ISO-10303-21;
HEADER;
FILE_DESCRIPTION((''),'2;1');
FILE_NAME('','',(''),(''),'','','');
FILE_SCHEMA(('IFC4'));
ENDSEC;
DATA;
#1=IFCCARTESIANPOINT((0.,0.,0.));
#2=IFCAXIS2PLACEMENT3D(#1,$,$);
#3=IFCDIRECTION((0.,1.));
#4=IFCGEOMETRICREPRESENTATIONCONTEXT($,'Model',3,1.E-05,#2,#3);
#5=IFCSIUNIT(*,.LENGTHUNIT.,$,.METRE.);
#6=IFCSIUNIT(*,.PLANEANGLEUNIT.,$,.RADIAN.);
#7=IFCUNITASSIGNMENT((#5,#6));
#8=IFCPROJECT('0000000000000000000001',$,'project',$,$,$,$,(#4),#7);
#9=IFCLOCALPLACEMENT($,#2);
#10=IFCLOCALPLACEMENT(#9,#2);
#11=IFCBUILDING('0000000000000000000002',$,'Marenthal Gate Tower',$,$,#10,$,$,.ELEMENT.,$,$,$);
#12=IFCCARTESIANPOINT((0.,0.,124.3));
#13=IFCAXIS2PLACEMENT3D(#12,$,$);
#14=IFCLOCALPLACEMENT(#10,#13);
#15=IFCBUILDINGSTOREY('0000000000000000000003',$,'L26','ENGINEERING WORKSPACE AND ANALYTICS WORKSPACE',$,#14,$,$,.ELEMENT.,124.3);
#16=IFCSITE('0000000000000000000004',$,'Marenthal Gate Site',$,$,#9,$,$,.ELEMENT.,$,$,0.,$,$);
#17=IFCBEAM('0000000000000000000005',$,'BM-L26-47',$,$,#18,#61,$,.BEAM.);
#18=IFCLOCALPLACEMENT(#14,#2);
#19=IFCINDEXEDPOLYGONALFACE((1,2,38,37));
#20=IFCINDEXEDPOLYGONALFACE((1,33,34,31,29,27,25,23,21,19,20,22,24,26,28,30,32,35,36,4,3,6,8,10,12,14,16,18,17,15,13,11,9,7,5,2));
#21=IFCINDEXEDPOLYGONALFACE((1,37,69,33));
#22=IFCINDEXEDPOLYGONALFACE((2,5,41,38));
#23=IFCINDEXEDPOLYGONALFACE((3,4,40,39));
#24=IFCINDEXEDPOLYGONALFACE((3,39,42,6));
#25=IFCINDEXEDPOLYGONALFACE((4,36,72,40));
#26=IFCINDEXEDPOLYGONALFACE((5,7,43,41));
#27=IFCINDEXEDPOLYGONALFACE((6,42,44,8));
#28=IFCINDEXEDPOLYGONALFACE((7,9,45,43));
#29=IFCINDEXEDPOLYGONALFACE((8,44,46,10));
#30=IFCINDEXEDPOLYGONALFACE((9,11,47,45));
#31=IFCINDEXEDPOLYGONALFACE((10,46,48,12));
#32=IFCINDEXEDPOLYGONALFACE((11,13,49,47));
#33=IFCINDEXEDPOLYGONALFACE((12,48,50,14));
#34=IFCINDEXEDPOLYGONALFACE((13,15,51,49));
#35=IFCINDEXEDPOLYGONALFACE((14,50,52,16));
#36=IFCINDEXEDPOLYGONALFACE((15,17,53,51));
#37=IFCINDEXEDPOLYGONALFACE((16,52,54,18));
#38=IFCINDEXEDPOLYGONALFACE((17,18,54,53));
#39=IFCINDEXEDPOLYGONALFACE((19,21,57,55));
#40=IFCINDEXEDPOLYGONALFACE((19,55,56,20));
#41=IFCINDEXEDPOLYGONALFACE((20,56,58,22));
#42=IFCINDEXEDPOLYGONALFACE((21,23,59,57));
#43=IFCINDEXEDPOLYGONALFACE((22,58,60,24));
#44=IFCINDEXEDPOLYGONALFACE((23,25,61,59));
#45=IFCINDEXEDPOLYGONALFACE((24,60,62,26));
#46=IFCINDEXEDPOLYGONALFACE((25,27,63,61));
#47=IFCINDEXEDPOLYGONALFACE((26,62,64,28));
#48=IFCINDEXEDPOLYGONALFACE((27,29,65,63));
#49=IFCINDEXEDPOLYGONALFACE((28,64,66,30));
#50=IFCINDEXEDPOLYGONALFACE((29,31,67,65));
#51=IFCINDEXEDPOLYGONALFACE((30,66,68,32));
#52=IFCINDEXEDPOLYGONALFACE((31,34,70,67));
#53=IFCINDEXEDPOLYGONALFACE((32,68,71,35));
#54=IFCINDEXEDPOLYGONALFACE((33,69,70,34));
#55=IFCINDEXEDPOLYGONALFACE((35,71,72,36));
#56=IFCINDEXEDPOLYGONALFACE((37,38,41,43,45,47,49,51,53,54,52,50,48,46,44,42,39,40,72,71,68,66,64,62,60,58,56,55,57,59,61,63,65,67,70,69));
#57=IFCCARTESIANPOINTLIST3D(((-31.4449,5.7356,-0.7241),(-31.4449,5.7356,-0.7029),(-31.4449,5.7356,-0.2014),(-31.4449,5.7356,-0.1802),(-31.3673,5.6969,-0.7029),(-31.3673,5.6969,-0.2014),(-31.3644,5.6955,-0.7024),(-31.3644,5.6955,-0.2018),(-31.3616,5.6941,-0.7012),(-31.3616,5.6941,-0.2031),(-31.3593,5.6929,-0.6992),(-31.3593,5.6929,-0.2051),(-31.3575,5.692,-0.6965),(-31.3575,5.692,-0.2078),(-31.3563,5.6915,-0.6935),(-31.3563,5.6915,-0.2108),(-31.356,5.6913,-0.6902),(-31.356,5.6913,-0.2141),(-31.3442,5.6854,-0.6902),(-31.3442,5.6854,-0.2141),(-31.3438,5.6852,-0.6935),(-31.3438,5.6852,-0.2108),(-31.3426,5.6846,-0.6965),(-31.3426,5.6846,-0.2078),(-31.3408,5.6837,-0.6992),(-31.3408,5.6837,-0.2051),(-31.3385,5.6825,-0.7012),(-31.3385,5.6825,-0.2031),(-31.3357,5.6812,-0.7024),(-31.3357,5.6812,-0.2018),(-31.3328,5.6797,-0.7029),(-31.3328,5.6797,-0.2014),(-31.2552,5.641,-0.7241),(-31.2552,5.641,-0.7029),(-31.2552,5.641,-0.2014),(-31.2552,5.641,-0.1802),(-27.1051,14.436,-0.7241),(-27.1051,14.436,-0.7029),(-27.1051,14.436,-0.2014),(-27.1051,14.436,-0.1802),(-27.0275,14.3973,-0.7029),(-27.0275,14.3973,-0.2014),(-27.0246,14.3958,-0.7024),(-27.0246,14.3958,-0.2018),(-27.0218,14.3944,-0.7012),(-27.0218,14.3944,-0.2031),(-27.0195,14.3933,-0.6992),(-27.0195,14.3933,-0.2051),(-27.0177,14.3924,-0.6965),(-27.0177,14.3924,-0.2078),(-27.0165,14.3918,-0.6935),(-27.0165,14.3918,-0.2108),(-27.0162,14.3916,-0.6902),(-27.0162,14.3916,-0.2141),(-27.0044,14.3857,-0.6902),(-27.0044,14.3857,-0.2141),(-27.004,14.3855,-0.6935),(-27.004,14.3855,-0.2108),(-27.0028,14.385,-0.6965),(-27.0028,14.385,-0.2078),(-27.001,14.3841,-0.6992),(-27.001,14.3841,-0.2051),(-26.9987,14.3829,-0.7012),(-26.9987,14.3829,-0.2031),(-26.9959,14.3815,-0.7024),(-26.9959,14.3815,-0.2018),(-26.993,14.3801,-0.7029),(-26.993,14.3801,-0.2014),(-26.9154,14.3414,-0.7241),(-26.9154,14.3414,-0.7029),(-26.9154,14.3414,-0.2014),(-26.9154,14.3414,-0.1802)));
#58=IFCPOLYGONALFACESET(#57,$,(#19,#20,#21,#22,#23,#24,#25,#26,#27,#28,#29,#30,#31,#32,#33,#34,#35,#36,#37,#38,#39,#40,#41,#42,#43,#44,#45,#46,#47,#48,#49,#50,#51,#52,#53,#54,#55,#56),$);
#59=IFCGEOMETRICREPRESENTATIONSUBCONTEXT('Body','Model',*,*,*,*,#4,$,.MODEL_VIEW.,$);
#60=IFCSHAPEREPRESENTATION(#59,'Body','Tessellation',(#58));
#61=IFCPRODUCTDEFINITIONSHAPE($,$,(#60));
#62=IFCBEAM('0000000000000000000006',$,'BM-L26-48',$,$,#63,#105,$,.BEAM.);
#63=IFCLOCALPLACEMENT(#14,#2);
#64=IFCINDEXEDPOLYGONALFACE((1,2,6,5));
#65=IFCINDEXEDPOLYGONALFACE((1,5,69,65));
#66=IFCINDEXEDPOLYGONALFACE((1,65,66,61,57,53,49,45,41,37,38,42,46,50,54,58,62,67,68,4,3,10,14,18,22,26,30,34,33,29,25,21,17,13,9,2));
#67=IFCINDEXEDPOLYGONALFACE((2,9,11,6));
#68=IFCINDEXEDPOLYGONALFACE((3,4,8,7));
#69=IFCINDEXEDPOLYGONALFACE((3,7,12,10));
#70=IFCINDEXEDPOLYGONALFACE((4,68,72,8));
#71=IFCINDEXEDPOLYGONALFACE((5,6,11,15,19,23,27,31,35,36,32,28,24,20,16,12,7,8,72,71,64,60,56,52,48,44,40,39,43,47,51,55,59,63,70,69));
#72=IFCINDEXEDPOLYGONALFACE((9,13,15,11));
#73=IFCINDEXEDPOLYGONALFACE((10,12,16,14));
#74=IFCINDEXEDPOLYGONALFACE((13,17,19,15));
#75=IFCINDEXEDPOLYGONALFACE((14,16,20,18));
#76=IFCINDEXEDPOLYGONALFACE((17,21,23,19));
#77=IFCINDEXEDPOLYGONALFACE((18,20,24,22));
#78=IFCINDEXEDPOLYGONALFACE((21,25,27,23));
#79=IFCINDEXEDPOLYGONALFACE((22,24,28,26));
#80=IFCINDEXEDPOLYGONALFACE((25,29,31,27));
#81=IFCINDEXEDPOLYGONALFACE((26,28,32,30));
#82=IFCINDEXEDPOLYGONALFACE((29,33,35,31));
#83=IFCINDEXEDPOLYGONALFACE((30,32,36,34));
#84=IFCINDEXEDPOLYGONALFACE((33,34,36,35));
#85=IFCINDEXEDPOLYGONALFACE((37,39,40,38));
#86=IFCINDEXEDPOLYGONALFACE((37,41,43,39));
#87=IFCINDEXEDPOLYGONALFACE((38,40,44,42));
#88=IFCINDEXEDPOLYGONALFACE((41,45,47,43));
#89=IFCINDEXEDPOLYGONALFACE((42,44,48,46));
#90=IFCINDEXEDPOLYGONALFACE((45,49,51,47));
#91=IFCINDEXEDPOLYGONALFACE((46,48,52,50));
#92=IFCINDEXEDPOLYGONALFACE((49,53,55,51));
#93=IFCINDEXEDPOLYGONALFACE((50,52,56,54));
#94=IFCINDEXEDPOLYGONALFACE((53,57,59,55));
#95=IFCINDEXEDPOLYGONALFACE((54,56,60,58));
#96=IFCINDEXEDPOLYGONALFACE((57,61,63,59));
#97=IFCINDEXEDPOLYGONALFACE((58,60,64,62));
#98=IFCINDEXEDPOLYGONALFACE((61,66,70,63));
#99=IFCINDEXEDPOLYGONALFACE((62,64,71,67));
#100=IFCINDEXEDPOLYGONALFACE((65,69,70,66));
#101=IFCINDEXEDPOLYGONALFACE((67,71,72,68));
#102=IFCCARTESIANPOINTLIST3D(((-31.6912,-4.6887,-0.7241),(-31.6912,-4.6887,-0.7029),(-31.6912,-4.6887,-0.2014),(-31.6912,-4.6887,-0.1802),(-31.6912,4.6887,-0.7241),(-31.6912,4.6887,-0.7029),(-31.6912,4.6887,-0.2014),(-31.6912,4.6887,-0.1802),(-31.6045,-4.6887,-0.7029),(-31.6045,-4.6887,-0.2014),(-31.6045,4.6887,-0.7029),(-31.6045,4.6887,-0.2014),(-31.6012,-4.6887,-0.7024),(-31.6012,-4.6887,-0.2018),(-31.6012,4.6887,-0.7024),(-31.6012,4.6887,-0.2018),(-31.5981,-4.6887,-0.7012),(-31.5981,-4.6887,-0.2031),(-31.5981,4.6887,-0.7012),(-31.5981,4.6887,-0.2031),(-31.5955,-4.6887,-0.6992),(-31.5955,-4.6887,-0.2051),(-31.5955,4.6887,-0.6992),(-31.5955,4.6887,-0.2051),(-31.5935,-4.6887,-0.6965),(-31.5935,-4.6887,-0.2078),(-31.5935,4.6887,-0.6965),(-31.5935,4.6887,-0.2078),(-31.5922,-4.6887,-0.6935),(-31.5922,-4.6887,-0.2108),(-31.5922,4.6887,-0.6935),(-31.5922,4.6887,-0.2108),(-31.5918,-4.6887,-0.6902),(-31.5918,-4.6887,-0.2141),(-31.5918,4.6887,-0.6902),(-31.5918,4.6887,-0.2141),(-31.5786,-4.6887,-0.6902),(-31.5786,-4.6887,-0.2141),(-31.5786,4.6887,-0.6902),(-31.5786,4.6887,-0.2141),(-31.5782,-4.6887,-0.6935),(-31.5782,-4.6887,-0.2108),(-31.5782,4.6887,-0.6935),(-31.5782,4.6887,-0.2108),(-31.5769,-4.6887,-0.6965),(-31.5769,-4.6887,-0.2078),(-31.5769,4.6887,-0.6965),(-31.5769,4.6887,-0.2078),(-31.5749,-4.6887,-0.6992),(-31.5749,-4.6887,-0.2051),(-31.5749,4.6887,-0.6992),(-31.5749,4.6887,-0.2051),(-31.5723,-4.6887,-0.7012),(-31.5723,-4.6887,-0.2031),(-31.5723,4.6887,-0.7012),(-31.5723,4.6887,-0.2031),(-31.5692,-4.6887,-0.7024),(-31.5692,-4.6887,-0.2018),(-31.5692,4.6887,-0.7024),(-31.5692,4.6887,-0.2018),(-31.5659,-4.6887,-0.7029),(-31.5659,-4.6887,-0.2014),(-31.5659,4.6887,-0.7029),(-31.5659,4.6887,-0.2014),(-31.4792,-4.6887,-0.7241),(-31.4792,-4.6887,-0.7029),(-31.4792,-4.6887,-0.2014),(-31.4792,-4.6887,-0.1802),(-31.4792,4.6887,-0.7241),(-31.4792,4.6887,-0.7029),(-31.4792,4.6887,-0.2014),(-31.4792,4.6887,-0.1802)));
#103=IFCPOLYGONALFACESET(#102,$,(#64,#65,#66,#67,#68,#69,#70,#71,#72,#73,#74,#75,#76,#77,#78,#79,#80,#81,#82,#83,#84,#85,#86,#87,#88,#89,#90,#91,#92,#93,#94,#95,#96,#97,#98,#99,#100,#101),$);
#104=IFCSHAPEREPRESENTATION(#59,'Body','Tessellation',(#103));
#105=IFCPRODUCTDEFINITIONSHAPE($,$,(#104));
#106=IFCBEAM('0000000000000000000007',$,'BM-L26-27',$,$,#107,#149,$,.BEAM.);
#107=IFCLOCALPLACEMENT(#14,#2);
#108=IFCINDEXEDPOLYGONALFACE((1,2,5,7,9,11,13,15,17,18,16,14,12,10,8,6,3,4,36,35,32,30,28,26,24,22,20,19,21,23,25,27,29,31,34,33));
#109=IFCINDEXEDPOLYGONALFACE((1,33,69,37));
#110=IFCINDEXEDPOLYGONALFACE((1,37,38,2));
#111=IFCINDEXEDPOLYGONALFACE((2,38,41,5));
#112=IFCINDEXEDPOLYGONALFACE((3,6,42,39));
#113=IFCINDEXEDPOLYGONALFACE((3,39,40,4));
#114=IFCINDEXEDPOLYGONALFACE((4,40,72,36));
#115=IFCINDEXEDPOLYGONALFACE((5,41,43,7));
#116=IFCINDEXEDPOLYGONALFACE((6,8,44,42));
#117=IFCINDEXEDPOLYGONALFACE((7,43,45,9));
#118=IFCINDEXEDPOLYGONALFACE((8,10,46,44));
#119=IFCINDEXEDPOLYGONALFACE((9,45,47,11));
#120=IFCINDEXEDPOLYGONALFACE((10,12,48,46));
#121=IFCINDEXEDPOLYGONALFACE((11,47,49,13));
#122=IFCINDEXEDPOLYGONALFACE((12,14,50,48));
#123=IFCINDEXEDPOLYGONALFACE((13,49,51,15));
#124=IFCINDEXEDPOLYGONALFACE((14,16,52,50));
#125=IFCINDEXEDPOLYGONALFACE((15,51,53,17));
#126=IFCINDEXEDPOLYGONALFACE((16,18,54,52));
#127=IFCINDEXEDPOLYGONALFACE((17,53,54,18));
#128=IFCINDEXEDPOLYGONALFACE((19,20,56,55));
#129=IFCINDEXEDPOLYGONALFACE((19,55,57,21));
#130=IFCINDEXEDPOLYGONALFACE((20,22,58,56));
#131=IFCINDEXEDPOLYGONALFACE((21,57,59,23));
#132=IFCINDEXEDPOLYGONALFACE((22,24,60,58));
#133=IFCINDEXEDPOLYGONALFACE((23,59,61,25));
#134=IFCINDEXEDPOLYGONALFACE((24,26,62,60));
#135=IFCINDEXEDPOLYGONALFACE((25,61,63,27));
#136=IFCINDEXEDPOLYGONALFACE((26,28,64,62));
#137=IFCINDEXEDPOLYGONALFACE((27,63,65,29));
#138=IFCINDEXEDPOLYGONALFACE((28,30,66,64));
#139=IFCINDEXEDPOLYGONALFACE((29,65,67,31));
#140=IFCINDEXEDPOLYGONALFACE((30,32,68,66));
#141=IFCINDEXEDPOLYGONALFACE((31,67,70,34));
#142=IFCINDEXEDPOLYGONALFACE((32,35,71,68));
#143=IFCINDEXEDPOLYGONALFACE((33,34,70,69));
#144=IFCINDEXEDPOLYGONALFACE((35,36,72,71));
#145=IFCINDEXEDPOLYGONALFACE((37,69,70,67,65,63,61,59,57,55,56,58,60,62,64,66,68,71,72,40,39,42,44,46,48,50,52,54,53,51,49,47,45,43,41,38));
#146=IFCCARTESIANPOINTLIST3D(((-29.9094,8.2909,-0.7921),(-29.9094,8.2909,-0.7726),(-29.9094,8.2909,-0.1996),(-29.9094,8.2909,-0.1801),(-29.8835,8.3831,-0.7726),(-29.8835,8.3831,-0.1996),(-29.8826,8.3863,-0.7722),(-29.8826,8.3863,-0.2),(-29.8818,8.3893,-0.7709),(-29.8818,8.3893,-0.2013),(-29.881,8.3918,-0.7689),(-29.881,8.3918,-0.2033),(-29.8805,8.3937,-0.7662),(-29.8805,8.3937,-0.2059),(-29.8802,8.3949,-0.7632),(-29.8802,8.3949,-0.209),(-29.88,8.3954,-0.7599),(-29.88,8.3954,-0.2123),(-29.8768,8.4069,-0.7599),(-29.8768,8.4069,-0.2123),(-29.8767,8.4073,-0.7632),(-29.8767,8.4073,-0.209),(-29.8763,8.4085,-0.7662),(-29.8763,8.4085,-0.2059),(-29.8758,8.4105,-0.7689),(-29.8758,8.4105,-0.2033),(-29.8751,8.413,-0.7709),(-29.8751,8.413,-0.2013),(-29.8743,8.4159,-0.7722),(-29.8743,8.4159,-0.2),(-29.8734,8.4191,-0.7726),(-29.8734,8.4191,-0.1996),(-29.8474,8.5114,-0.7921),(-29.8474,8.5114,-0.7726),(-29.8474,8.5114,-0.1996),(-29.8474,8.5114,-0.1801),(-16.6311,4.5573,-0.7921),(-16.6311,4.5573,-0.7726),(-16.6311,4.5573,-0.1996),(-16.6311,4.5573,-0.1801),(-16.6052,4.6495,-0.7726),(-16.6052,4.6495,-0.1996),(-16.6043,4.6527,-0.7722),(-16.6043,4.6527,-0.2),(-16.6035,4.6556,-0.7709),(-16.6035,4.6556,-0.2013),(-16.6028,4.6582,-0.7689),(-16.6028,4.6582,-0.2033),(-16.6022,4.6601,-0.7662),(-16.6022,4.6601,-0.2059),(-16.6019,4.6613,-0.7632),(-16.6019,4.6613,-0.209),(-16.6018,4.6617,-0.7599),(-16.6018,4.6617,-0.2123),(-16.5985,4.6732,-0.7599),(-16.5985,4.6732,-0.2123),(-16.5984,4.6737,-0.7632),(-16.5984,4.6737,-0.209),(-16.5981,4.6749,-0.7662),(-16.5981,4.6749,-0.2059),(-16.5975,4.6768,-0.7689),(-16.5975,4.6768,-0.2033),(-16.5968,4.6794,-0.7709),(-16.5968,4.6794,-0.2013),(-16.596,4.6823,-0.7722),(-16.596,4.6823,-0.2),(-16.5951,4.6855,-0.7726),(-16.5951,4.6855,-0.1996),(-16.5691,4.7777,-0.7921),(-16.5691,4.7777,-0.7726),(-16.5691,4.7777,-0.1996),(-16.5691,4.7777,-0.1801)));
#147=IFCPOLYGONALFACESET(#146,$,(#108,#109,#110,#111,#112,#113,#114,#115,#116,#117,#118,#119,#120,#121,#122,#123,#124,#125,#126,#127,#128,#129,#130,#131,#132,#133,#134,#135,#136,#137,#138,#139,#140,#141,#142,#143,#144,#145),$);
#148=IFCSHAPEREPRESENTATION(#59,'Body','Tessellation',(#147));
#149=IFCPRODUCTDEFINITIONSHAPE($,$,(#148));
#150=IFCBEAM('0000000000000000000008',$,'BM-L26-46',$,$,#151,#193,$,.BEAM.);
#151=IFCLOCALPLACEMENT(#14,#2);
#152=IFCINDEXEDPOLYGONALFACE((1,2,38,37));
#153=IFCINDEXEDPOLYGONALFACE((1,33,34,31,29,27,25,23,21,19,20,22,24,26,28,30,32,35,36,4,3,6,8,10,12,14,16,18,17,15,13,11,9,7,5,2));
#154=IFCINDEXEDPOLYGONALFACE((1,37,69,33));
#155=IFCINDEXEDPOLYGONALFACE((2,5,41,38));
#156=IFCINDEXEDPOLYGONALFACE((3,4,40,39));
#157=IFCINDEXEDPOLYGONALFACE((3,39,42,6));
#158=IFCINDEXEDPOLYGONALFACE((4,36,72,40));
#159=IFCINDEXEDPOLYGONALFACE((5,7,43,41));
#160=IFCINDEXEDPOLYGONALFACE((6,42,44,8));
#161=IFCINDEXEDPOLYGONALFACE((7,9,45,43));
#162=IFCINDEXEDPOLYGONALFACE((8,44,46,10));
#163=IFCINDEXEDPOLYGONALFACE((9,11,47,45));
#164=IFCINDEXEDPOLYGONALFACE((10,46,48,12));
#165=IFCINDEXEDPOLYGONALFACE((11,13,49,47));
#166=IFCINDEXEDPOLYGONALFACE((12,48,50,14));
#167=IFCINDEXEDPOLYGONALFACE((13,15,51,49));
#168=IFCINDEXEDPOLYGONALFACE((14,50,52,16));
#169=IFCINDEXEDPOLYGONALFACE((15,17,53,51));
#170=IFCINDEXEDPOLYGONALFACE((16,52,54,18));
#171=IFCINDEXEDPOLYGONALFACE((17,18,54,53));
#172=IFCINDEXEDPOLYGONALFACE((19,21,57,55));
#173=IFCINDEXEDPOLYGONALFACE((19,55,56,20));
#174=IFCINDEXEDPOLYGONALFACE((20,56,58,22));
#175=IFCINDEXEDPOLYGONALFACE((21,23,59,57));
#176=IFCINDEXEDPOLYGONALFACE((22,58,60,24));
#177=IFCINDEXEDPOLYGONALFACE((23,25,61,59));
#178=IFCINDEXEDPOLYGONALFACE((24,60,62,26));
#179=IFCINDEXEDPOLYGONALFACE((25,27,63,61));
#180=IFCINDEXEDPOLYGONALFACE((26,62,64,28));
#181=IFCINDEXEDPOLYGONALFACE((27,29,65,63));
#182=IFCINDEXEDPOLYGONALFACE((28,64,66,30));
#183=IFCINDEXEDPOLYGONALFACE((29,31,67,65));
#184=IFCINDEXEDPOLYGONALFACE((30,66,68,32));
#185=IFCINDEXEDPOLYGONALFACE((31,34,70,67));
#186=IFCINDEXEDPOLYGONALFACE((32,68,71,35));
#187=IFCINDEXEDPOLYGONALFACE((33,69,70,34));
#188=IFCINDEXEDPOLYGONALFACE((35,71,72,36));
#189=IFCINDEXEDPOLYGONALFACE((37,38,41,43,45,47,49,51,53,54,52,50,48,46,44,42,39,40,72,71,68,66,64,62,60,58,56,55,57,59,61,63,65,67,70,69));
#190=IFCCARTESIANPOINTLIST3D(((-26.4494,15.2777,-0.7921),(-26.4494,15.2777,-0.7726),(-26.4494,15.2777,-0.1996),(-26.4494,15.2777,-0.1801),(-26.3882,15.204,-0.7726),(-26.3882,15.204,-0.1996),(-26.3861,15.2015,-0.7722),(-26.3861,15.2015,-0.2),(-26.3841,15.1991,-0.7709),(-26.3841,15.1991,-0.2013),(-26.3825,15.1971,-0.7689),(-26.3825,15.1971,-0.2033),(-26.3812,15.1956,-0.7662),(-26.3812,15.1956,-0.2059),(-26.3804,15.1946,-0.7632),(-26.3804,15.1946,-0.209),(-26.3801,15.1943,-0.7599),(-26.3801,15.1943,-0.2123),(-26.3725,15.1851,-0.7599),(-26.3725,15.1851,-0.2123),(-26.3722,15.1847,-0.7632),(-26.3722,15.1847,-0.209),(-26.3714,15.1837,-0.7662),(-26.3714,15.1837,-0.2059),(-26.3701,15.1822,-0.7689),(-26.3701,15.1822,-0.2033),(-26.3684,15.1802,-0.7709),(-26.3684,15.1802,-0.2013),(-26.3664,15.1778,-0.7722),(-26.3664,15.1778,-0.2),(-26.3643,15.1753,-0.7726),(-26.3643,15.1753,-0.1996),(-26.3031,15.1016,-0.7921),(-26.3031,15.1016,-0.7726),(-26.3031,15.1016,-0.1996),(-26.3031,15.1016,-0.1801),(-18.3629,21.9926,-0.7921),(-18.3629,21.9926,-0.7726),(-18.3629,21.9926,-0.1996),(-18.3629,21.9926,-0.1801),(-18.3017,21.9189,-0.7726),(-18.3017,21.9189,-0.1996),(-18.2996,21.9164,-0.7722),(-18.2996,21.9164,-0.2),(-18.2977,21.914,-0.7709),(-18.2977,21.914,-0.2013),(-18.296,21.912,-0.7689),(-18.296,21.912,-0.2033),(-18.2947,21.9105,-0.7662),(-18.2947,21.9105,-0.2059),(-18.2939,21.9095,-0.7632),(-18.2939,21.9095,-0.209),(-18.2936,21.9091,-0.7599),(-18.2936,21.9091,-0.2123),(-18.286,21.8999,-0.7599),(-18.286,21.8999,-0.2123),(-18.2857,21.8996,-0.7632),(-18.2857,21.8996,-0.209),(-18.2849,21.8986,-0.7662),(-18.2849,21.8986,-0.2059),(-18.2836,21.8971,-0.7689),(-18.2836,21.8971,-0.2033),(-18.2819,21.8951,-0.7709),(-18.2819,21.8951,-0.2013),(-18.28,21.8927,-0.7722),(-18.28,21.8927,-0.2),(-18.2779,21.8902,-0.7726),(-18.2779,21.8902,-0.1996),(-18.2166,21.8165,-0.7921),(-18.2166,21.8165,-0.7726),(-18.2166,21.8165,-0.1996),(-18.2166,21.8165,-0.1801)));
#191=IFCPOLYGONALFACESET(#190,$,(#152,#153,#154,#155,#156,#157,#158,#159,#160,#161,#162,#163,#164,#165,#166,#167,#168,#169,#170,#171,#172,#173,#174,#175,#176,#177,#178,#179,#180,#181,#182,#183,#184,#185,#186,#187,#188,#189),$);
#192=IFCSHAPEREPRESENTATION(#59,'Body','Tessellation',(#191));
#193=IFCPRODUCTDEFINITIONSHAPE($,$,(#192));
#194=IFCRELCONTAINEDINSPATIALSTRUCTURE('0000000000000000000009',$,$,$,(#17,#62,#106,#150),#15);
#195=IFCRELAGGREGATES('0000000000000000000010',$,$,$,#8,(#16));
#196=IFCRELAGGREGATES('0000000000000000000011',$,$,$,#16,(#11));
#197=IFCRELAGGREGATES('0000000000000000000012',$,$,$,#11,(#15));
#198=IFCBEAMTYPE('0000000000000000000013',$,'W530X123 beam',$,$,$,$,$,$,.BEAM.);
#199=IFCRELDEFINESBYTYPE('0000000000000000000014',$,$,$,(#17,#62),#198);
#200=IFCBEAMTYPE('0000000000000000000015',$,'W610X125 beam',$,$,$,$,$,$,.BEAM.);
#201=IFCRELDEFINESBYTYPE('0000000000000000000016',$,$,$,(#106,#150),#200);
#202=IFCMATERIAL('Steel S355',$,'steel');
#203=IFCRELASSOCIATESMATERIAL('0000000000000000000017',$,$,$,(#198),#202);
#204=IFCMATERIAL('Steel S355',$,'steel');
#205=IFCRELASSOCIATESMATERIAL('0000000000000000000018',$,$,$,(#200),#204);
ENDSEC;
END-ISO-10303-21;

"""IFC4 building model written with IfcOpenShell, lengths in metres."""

from ifc_helpers import new_model, si_unit, direction, frame, origin, origin_2d, place, context, subcontext, project, spatial, i_section, extrude, material, material_profile, profile_set, type_object, element, save


model = new_model("IFC4")

# Units and contexts
model_context = context("Model", 3, precision=1e-05, world=origin(), true_north=direction((0.0, 1.0)))
body_context = subcontext(model_context, "Body", "Model", "MODEL_VIEW")
ifc_project = project(units=[si_unit("LENGTHUNIT", "METRE"), si_unit("PLANEANGLEUNIT", "RADIAN")], contexts=[model_context])

# Site, building, storey
site_placement = place(None, origin())
site = spatial("IfcSite", under=ifc_project, at=site_placement, Name="Marenthal Gate Site", CompositionType="ELEMENT", RefElevation=0.0)
building_placement = place(site_placement, origin())
building = spatial("IfcBuilding", under=site, at=building_placement, Name="Marenthal Gate Tower", CompositionType="ELEMENT")
storey_placement = place(building_placement, frame((0.0, 0.0, 124.3)))
storey = spatial("IfcBuildingStorey", under=building, at=storey_placement, Name="L26", Description="ENGINEERING WORKSPACE AND ANALYTICS WORKSPACE", CompositionType="ELEMENT", Elevation=124.3)

# Beams
ifc_material_1 = material(Name="Steel S355", Category="steel")
ifc_material_profile_1 = material_profile(ifc_material_1, i_section(OverallWidth=0.2119, OverallDepth=0.5439, WebThickness=0.0132, FlangeThickness=0.0212, FilletRadius=0.0127, at=origin_2d()), Name="W530X123")
ifc_profile_set_1 = profile_set([ifc_material_profile_1], Name="Steel S355")
beam_type_1 = type_object("IfcBeamType", Name="W530X123 beam", PredefinedType="BEAM", material=ifc_profile_set_1)
beam_1_placement = place(storey_placement, frame((-27.0103, 14.3887, -0.4521), z_axis=(-0.44636, -0.894854, 0.0), x_axis=(0.894854, -0.44636, 0.0)))
element("IfcBeam", 1, at=beam_1_placement, inside=storey, type_object=beam_type_1, Name="BM-L26-47", PredefinedType="BEAM", context=body_context, shape_type="SweptSolid", body=[
    extrude(i_section(OverallWidth=0.2119, OverallDepth=0.5439, WebThickness=0.0132, FlangeThickness=0.0212, FilletRadius=0.0127, at=origin_2d()), origin(), (0.0, 0.0, 1.0), 9.7227),
])
beam_2_placement = place(storey_placement, frame((-31.5852, 4.6887, -0.4521), z_axis=(0.0, -1.0, 0.0), x_axis=(1.0, 0.0, 0.0)))
element("IfcBeam", 2, at=beam_2_placement, inside=storey, type_object=beam_type_1, Name="BM-L26-48", PredefinedType="BEAM", context=body_context, shape_type="SweptSolid", body=[
    extrude(i_section(OverallWidth=0.2119, OverallDepth=0.5439, WebThickness=0.0132, FlangeThickness=0.0212, FilletRadius=0.0127, at=origin_2d()), origin(), (0.0, 0.0, 1.0), 9.3774),
])
ifc_material_2 = material(Name="Steel S355", Category="steel")
ifc_material_profile_2 = material_profile(ifc_material_2, i_section(OverallWidth=0.229, OverallDepth=0.6121, WebThickness=0.012, FlangeThickness=0.0195, FilletRadius=0.0127, at=origin_2d()), Name="W610X125")
ifc_profile_set_2 = profile_set([ifc_material_profile_2], Name="Steel S355")
beam_type_2 = type_object("IfcBeamType", Name="W610X125 beam", PredefinedType="BEAM", material=ifc_profile_set_2)
beam_3_placement = place(storey_placement, frame((-29.8784, 8.4011, -0.4861), z_axis=(0.962668, -0.270686, 0.0), x_axis=(0.270686, 0.962668, 0.0)))
element("IfcBeam", 3, at=beam_3_placement, inside=storey, type_object=beam_type_2, Name="BM-L26-27", PredefinedType="BEAM", context=body_context, shape_type="SweptSolid", body=[
    extrude(i_section(OverallWidth=0.229, OverallDepth=0.6121, WebThickness=0.012, FlangeThickness=0.0195, FilletRadius=0.0127, at=origin_2d()), origin(), (0.0, 0.0, 1.0), 13.7932),
])
beam_4_placement = place(storey_placement, frame((-18.2898, 21.9045, -0.4861), z_axis=(-0.769336, -0.638845, 0.0), x_axis=(0.638845, -0.769336, 0.0)))
element("IfcBeam", 4, at=beam_4_placement, inside=storey, type_object=beam_type_2, Name="BM-L26-46", PredefinedType="BEAM", context=body_context, shape_type="SweptSolid", body=[
    extrude(i_section(OverallWidth=0.229, OverallDepth=0.6121, WebThickness=0.012, FlangeThickness=0.0195, FilletRadius=0.0127, at=origin_2d()), origin(), (0.0, 0.0, 1.0), 10.511),
])

save(model, "model.ifc")
